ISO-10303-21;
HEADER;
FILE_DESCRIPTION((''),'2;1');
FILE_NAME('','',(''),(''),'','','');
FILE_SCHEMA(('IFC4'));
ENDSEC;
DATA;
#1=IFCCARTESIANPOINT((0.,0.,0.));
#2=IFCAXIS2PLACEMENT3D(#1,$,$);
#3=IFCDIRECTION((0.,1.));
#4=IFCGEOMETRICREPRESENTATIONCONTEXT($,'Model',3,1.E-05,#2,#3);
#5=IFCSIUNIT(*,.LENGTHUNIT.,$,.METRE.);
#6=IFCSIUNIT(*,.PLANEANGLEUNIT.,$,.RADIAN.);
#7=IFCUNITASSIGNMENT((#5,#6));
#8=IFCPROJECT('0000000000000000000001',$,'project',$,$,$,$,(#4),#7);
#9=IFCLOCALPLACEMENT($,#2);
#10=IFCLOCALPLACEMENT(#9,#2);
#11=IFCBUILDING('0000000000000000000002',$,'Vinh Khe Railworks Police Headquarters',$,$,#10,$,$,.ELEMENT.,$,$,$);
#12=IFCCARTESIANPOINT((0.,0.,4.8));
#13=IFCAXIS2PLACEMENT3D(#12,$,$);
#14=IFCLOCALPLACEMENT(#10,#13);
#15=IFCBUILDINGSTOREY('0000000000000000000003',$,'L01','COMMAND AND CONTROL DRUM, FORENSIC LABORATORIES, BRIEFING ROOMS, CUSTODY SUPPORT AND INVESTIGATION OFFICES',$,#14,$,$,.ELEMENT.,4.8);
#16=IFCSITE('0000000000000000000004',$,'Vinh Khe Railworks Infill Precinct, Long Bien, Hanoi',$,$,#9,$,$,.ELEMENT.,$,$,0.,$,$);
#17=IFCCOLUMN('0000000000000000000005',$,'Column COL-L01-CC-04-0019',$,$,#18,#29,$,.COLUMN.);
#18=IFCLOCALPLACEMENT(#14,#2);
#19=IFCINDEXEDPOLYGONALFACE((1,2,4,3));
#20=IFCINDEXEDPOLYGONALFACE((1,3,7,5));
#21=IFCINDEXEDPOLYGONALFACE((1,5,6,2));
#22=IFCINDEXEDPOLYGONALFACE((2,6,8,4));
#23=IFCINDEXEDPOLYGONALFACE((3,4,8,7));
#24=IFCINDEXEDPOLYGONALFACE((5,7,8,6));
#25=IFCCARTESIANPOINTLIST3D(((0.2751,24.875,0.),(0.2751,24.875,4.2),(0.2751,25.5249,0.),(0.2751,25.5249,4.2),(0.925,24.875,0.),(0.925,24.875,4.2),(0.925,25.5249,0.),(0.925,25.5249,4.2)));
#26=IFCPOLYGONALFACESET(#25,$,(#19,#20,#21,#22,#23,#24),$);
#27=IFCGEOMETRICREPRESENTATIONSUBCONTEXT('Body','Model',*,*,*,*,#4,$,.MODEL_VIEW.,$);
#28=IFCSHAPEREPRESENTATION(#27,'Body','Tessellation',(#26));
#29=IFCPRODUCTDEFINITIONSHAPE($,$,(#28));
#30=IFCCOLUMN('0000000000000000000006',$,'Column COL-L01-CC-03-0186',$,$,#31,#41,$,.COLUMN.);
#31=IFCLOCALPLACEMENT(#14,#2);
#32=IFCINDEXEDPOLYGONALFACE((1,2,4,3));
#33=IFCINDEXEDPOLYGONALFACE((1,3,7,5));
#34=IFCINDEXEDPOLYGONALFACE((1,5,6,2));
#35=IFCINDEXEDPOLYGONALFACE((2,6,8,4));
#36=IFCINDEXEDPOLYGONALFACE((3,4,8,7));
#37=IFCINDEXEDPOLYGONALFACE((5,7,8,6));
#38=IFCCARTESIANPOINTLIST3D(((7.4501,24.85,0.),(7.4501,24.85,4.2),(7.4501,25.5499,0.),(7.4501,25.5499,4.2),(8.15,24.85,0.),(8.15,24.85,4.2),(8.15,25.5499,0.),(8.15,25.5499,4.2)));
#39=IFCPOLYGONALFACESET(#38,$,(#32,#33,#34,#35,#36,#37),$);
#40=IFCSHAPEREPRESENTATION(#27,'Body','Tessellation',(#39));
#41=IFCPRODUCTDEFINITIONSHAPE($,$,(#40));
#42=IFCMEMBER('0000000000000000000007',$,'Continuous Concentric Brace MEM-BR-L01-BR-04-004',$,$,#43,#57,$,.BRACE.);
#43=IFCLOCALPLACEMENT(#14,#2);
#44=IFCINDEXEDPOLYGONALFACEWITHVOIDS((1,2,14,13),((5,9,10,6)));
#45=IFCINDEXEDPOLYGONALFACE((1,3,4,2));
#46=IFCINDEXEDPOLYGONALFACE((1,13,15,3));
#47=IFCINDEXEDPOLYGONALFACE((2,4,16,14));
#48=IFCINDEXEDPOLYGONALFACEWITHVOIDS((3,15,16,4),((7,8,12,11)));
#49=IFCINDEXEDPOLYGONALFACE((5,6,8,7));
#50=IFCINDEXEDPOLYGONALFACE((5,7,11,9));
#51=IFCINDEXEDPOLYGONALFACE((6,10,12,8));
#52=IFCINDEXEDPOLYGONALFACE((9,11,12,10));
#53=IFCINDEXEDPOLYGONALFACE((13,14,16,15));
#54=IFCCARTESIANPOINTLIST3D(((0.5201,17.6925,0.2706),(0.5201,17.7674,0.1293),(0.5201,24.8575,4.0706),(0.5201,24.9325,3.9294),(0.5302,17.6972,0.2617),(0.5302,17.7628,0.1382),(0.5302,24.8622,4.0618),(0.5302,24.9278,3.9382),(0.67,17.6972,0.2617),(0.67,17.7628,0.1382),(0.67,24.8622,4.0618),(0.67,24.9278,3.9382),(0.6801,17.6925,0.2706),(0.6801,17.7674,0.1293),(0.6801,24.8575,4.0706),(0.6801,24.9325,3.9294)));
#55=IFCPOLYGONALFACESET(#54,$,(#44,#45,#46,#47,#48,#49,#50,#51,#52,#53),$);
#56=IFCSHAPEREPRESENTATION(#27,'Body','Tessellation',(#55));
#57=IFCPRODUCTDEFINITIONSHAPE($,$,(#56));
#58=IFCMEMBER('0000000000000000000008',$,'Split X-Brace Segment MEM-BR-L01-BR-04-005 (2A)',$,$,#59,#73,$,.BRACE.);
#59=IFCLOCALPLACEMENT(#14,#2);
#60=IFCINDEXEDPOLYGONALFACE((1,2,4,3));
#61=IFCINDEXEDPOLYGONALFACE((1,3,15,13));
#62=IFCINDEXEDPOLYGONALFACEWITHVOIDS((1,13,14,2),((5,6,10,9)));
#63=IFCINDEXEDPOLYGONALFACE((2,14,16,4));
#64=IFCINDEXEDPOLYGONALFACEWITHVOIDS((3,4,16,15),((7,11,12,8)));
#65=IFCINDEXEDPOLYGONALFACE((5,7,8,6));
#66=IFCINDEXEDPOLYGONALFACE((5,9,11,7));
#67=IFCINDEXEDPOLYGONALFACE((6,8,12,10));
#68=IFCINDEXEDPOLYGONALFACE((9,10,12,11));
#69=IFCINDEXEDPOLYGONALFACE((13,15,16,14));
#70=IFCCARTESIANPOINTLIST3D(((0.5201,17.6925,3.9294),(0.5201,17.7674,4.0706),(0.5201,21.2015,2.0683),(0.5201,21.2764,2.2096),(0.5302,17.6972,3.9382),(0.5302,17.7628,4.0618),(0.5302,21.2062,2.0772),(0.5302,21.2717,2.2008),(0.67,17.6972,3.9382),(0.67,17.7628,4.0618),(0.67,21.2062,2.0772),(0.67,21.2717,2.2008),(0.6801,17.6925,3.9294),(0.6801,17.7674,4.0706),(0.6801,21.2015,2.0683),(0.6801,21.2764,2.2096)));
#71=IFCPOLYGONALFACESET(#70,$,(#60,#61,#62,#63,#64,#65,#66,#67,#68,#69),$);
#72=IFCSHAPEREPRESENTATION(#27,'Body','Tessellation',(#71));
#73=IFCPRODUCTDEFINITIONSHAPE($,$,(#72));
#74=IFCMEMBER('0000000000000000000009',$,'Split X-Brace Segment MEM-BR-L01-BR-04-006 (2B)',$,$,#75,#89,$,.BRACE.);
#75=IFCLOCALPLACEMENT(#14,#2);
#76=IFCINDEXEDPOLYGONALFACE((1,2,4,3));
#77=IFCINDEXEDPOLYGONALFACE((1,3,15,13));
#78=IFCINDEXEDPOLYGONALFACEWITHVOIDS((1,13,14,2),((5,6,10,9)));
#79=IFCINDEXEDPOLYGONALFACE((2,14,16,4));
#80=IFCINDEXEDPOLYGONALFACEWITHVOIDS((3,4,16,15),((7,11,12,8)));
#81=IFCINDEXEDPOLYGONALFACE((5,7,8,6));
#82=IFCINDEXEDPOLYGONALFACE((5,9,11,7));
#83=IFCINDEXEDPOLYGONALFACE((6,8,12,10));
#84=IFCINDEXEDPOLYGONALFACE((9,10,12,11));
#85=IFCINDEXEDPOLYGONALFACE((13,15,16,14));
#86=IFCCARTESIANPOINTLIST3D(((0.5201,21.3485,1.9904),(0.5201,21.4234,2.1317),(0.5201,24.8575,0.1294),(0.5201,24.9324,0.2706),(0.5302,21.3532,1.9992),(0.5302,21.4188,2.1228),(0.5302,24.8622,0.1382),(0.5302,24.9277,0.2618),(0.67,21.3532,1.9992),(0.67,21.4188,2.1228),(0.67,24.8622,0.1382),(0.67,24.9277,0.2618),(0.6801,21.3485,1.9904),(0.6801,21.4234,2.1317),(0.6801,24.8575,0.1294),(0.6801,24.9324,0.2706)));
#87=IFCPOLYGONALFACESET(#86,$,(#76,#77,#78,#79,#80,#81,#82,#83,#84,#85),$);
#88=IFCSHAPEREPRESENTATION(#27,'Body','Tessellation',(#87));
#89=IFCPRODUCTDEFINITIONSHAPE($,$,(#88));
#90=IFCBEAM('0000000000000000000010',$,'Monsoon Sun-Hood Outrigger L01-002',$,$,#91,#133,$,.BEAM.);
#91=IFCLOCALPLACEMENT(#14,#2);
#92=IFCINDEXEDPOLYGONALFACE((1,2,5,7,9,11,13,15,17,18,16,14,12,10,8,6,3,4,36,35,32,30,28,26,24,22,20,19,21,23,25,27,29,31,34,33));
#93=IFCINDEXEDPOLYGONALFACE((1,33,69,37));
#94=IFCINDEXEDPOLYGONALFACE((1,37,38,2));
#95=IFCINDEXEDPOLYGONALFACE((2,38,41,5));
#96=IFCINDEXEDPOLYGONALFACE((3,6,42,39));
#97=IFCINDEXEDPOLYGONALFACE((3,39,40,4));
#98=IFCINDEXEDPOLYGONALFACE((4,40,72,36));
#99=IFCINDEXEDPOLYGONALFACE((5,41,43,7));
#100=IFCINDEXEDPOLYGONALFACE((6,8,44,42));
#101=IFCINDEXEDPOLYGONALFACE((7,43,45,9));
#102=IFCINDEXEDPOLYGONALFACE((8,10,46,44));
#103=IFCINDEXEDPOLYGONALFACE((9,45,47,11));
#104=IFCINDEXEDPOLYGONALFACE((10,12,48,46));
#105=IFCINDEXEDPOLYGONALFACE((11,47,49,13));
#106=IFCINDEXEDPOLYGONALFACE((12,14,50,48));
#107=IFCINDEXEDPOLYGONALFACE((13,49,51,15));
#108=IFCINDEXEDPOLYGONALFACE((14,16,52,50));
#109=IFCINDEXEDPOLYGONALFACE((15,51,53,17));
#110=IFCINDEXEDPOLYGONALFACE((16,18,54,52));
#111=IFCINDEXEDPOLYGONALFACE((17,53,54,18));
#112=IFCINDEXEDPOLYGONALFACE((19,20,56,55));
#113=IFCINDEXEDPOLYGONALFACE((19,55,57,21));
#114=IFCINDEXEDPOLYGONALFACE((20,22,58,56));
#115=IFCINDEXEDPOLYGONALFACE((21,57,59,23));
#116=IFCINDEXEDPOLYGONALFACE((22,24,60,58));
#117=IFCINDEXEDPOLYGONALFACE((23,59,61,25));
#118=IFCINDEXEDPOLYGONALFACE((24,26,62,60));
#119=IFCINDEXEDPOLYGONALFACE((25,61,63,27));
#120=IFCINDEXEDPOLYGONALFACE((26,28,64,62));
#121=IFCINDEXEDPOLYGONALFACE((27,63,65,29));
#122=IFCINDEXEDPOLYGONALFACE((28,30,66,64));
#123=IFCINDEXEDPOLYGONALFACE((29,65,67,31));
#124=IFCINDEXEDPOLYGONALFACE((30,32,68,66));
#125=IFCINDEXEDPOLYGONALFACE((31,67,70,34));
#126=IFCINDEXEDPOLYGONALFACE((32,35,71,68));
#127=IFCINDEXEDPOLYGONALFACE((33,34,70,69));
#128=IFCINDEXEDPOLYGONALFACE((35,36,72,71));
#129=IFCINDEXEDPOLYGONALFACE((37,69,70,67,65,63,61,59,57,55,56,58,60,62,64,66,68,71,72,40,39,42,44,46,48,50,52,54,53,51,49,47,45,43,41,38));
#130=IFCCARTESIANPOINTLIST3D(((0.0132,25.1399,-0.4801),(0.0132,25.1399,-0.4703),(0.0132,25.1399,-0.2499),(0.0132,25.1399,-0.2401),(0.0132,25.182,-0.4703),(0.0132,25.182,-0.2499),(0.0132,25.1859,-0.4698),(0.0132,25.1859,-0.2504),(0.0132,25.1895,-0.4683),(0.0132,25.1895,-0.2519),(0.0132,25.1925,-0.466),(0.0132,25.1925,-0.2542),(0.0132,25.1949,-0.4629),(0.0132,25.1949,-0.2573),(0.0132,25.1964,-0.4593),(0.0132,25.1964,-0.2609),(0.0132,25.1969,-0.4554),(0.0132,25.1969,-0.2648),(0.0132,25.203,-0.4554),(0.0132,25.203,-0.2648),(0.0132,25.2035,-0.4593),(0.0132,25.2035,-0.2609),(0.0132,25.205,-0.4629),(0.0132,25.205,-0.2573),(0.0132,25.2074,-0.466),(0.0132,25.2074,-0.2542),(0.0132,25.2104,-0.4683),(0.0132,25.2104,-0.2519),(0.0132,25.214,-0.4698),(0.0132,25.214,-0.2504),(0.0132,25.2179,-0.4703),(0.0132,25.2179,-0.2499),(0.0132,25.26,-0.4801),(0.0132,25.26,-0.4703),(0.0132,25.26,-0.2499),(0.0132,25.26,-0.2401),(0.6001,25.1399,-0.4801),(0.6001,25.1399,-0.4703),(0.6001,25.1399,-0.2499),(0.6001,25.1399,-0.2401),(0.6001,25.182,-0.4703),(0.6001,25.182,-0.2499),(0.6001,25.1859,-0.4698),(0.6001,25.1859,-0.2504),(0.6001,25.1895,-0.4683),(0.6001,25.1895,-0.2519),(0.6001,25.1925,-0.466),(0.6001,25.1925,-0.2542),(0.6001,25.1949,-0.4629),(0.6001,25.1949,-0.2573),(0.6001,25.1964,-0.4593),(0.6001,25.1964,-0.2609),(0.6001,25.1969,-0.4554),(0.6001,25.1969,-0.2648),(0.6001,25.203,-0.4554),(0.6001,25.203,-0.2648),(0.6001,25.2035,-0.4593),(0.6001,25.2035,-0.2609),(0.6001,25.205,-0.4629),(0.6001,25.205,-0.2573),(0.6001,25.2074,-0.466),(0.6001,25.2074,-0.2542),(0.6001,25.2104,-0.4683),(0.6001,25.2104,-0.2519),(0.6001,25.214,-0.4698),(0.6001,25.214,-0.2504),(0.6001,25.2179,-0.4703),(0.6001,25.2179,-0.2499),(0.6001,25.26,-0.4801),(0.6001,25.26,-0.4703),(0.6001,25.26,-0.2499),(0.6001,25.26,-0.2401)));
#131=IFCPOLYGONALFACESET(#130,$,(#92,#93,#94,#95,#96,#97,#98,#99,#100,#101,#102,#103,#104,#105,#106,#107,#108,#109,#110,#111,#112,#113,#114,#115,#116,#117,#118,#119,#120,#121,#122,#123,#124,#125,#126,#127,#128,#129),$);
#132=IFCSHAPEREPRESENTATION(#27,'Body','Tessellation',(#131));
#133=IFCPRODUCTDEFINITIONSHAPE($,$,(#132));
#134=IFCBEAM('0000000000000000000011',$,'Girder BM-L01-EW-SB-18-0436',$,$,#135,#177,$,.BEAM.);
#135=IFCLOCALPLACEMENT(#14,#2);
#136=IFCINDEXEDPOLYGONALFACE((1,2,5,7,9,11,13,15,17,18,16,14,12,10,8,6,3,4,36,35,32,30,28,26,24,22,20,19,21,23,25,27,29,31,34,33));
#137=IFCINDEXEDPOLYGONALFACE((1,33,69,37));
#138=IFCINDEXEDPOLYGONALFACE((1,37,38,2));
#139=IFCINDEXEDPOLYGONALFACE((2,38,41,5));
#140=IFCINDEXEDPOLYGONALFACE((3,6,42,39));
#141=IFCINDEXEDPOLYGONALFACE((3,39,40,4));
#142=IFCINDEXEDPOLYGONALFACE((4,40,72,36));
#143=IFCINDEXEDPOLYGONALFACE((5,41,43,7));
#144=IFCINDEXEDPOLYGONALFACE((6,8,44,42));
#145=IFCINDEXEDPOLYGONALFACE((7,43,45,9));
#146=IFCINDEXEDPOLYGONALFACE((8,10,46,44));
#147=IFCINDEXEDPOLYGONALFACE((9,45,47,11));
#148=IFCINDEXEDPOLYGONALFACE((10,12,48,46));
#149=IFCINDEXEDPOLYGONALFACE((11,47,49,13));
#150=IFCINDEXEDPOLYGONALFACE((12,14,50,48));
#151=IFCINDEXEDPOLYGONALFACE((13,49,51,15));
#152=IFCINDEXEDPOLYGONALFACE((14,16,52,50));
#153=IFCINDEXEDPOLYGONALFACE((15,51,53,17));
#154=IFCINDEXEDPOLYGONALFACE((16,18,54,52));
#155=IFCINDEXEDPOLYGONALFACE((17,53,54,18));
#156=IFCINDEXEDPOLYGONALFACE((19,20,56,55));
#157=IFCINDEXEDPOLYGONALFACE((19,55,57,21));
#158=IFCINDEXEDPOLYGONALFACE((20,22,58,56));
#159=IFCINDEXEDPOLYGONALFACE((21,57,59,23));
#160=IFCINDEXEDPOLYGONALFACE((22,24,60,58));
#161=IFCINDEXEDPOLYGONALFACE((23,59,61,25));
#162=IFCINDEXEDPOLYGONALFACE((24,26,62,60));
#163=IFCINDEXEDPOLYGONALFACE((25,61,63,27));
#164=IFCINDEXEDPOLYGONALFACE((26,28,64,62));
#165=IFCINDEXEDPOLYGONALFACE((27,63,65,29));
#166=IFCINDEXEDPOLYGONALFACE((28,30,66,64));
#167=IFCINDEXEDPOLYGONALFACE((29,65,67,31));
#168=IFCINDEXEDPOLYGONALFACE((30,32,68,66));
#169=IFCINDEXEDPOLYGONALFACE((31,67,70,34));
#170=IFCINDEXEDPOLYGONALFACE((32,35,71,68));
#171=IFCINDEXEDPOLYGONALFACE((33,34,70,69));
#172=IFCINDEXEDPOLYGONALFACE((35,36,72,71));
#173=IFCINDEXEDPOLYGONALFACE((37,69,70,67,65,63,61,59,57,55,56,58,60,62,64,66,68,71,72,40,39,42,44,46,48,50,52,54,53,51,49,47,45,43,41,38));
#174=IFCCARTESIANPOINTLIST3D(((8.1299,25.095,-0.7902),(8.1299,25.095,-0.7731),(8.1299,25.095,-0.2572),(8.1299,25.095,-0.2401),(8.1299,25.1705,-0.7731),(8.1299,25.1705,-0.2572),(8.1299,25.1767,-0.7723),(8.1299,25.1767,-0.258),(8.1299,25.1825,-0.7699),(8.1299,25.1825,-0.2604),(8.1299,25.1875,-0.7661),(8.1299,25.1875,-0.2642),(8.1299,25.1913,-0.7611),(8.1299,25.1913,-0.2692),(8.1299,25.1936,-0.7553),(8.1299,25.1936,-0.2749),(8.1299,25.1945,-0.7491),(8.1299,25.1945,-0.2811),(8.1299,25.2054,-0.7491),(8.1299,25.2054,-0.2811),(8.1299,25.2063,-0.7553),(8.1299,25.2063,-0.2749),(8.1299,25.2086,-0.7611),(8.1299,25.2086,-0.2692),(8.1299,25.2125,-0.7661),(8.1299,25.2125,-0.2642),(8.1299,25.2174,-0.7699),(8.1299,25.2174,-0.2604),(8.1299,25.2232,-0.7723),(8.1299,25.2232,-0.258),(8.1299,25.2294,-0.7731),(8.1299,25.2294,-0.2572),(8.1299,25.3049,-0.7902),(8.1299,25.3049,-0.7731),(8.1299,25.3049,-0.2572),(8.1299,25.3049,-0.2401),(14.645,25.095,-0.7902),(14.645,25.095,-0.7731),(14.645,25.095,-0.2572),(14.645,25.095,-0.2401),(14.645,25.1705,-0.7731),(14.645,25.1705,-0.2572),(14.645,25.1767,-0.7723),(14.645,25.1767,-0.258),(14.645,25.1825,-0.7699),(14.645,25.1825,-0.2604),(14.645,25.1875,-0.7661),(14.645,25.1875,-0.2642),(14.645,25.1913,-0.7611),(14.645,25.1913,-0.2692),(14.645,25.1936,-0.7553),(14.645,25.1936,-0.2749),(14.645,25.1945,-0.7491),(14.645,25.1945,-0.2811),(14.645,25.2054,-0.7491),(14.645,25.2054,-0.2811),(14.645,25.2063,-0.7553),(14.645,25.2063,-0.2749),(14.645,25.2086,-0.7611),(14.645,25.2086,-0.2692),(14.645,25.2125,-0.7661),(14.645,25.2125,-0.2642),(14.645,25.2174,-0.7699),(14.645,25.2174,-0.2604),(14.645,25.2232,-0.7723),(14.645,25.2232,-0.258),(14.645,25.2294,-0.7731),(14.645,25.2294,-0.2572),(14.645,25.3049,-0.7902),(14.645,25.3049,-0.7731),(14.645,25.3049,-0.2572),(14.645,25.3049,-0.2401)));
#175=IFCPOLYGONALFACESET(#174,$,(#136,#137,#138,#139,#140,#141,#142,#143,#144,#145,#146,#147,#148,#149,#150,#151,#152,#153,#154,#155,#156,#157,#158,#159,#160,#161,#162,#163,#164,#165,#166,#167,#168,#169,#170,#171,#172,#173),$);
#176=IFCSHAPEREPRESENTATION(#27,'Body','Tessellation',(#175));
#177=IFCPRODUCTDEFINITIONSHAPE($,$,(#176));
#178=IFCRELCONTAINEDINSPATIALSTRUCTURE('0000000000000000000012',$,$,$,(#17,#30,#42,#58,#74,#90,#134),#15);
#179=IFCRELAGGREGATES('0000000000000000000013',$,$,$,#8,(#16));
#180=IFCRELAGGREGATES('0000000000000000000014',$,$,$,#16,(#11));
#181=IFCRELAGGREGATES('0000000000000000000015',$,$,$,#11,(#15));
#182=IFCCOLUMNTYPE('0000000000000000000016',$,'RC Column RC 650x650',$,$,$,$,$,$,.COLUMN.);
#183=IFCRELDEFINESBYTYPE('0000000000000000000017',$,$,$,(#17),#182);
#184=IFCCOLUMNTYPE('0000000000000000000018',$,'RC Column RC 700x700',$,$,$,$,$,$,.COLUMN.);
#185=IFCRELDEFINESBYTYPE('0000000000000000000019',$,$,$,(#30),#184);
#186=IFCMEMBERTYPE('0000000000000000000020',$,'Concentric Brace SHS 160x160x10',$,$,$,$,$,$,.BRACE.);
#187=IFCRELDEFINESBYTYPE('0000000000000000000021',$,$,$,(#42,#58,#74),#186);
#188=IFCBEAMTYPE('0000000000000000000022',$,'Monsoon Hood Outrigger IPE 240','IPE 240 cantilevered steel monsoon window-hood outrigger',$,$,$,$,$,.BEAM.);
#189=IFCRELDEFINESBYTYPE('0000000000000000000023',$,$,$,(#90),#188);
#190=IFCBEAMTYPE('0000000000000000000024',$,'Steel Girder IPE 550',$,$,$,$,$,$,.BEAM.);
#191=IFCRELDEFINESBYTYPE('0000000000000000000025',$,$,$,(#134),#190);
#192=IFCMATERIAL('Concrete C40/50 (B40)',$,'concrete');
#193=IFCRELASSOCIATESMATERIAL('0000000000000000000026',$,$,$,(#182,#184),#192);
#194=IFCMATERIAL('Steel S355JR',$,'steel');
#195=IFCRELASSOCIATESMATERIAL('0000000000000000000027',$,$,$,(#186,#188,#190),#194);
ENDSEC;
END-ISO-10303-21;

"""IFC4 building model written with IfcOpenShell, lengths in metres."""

from ifc_helpers import new_model, si_unit, direction, frame, origin, origin_2d, place, context, subcontext, project, spatial, rectangle, hollow_rectangle, i_section, extrude, material, material_profile, profile_set, type_object, element, save


model = new_model("IFC4")

# Units and contexts
model_context = context("Model", 3, precision=1e-05, world=origin(), true_north=direction((0.0, 1.0)))
body_context = subcontext(model_context, "Body", "Model", "MODEL_VIEW")
ifc_project = project(units=[si_unit("LENGTHUNIT", "METRE"), si_unit("PLANEANGLEUNIT", "RADIAN")], contexts=[model_context])

# Site, building, storey
site_placement = place(None, origin())
site = spatial("IfcSite", under=ifc_project, at=site_placement, Name="Vinh Khe Railworks Infill Precinct, Long Bien, Hanoi", CompositionType="ELEMENT", RefElevation=0.0)
building_placement = place(site_placement, origin())
building = spatial("IfcBuilding", under=site, at=building_placement, Name="Vinh Khe Railworks Police Headquarters", CompositionType="ELEMENT")
storey_placement = place(building_placement, frame((0.0, 0.0, 4.8)))
storey = spatial("IfcBuildingStorey", under=building, at=storey_placement, Name="L01", Description="COMMAND AND CONTROL DRUM, FORENSIC LABORATORIES, BRIEFING ROOMS, CUSTODY SUPPORT AND INVESTIGATION OFFICES", CompositionType="ELEMENT", Elevation=4.8)

# Columns
ifc_material_1 = material(Name="Concrete C40/50 (B40)", Category="concrete")
ifc_material_profile_1 = material_profile(ifc_material_1, rectangle(XDim=0.6499, YDim=0.6499, at=origin_2d()), Name="RC 650x650")
ifc_profile_set_1 = profile_set([ifc_material_profile_1], Name="Concrete C40/50 (B40)")
column_type_1 = type_object("IfcColumnType", Name="RC Column RC 650x650", PredefinedType="COLUMN", material=ifc_profile_set_1)
column_1_placement = place(storey_placement, frame((0.6001, 25.2, 0.0), z_axis=(0.0, 0.0, 1.0), x_axis=(1.0, 0.0, 0.0)))
element("IfcColumn", 1, at=column_1_placement, inside=storey, type_object=column_type_1, Name="Column COL-L01-CC-04-0019", PredefinedType="COLUMN", context=body_context, shape_type="SweptSolid", body=[
    extrude(rectangle(XDim=0.6499, YDim=0.6499, at=origin_2d()), origin(), (0.0, 0.0, 1.0), 4.2),
])
ifc_material_profile_2 = material_profile(ifc_material_1, rectangle(XDim=0.7, YDim=0.7, at=origin_2d()), Name="RC 700x700")
ifc_profile_set_2 = profile_set([ifc_material_profile_2], Name="Concrete C40/50 (B40)")
column_type_2 = type_object("IfcColumnType", Name="RC Column RC 700x700", PredefinedType="COLUMN", material=ifc_profile_set_2)
column_2_placement = place(storey_placement, frame((7.8, 25.2, 0.0), z_axis=(0.0, 0.0, 1.0), x_axis=(1.0, 0.0, 0.0)))
element("IfcColumn", 2, at=column_2_placement, inside=storey, type_object=column_type_2, Name="Column COL-L01-CC-03-0186", PredefinedType="COLUMN", context=body_context, shape_type="SweptSolid", body=[
    extrude(rectangle(XDim=0.7, YDim=0.7, at=origin_2d()), origin(), (0.0, 0.0, 1.0), 4.2),
])

# Members
ifc_material_2 = material(Name="Steel S355JR", Category="steel")
ifc_material_profile_3 = material_profile(ifc_material_2, hollow_rectangle(XDim=0.1599, YDim=0.1599, WallThickness=0.01, at=origin_2d()), Name="SHS 160x160x10")
ifc_profile_set_3 = profile_set([ifc_material_profile_3], Name="Steel S355JR")
member_type = type_object("IfcMemberType", Name="Concentric Brace SHS 160x160x10", PredefinedType="BRACE", material=ifc_profile_set_3)
member_placement = place(storey_placement, frame((0.6001, 17.73, 0.2), z_axis=(0.0, 0.883441, 0.468542), x_axis=(-1.0, 0.0, 0.0)))
element("IfcMember", 3, at=member_placement, inside=storey, type_object=member_type, Name="Continuous Concentric Brace MEM-BR-L01-BR-04-004", PredefinedType="BRACE", context=body_context, shape_type="SweptSolid", body=[
    extrude(hollow_rectangle(XDim=0.1599, YDim=0.1599, WallThickness=0.01, at=origin_2d()), origin(), (0.0, 0.0, 1.0), 8.1104),
])
for number, where, z_axis, x_axis, name in (
    (4, (0.6001, 17.73, 4.0), (0.0, 0.883438, -0.468548), (-1.0, 0.0, 0.0), "Split X-Brace Segment MEM-BR-L01-BR-04-005 (2A)"),
    (5, (0.6001, 21.386, 2.061), (0.0, 0.883438, -0.468548), (-1.0, 0.0, 0.0), "Split X-Brace Segment MEM-BR-L01-BR-04-006 (2B)"),
):
    element("IfcMember", number, at=place(storey_placement, frame(where, z_axis=z_axis, x_axis=x_axis)), inside=storey, type_object=member_type, Name=name, PredefinedType="BRACE", context=body_context, shape_type="SweptSolid", body=[
        extrude(hollow_rectangle(XDim=0.1599, YDim=0.1599, WallThickness=0.01, at=origin_2d()), origin(), (0.0, 0.0, 1.0), 3.9719),
    ])

# Beams
ifc_material_profile_4 = material_profile(ifc_material_2, i_section(OverallWidth=0.1201, OverallDepth=0.24, WebThickness=0.0061, FlangeThickness=0.0098, FilletRadius=0.0149, at=origin_2d()), Name="IPE 240")
ifc_profile_set_4 = profile_set([ifc_material_profile_4], Name="Steel S355JR")
beam_type_1 = type_object("IfcBeamType", Name="Monsoon Hood Outrigger IPE 240", Description="IPE 240 cantilevered steel monsoon window-hood outrigger", PredefinedType="BEAM", material=ifc_profile_set_4)
beam_1_placement = place(storey_placement, frame((0.0132, 25.2, -0.3601), z_axis=(1.0, 0.0, 0.0), x_axis=(0.0, 1.0, 0.0)))
element("IfcBeam", 6, at=beam_1_placement, inside=storey, type_object=beam_type_1, Name="Monsoon Sun-Hood Outrigger L01-002", PredefinedType="BEAM", context=body_context, shape_type="SweptSolid", body=[
    extrude(i_section(OverallWidth=0.1201, OverallDepth=0.24, WebThickness=0.0061, FlangeThickness=0.0098, FilletRadius=0.0149, at=origin_2d()), origin(), (0.0, 0.0, 1.0), 0.5869),
])
ifc_material_profile_5 = material_profile(ifc_material_2, i_section(OverallWidth=0.21, OverallDepth=0.55, WebThickness=0.011, FlangeThickness=0.0171, FilletRadius=0.0239, at=origin_2d()), Name="IPE 550")
ifc_profile_set_5 = profile_set([ifc_material_profile_5], Name="Steel S355JR")
beam_type_2 = type_object("IfcBeamType", Name="Steel Girder IPE 550", PredefinedType="BEAM", material=ifc_profile_set_5)
beam_2_placement = place(storey_placement, frame((8.1299, 25.2, -0.5151), z_axis=(1.0, 0.0, 0.0), x_axis=(0.0, 1.0, 0.0)))
element("IfcBeam", 7, at=beam_2_placement, inside=storey, type_object=beam_type_2, Name="Girder BM-L01-EW-SB-18-0436", PredefinedType="BEAM", context=body_context, shape_type="SweptSolid", body=[
    extrude(i_section(OverallWidth=0.21, OverallDepth=0.55, WebThickness=0.011, FlangeThickness=0.0171, FilletRadius=0.0239, at=origin_2d()), origin(), (0.0, 0.0, 1.0), 6.5151),
])

save(model, "model.ifc")
